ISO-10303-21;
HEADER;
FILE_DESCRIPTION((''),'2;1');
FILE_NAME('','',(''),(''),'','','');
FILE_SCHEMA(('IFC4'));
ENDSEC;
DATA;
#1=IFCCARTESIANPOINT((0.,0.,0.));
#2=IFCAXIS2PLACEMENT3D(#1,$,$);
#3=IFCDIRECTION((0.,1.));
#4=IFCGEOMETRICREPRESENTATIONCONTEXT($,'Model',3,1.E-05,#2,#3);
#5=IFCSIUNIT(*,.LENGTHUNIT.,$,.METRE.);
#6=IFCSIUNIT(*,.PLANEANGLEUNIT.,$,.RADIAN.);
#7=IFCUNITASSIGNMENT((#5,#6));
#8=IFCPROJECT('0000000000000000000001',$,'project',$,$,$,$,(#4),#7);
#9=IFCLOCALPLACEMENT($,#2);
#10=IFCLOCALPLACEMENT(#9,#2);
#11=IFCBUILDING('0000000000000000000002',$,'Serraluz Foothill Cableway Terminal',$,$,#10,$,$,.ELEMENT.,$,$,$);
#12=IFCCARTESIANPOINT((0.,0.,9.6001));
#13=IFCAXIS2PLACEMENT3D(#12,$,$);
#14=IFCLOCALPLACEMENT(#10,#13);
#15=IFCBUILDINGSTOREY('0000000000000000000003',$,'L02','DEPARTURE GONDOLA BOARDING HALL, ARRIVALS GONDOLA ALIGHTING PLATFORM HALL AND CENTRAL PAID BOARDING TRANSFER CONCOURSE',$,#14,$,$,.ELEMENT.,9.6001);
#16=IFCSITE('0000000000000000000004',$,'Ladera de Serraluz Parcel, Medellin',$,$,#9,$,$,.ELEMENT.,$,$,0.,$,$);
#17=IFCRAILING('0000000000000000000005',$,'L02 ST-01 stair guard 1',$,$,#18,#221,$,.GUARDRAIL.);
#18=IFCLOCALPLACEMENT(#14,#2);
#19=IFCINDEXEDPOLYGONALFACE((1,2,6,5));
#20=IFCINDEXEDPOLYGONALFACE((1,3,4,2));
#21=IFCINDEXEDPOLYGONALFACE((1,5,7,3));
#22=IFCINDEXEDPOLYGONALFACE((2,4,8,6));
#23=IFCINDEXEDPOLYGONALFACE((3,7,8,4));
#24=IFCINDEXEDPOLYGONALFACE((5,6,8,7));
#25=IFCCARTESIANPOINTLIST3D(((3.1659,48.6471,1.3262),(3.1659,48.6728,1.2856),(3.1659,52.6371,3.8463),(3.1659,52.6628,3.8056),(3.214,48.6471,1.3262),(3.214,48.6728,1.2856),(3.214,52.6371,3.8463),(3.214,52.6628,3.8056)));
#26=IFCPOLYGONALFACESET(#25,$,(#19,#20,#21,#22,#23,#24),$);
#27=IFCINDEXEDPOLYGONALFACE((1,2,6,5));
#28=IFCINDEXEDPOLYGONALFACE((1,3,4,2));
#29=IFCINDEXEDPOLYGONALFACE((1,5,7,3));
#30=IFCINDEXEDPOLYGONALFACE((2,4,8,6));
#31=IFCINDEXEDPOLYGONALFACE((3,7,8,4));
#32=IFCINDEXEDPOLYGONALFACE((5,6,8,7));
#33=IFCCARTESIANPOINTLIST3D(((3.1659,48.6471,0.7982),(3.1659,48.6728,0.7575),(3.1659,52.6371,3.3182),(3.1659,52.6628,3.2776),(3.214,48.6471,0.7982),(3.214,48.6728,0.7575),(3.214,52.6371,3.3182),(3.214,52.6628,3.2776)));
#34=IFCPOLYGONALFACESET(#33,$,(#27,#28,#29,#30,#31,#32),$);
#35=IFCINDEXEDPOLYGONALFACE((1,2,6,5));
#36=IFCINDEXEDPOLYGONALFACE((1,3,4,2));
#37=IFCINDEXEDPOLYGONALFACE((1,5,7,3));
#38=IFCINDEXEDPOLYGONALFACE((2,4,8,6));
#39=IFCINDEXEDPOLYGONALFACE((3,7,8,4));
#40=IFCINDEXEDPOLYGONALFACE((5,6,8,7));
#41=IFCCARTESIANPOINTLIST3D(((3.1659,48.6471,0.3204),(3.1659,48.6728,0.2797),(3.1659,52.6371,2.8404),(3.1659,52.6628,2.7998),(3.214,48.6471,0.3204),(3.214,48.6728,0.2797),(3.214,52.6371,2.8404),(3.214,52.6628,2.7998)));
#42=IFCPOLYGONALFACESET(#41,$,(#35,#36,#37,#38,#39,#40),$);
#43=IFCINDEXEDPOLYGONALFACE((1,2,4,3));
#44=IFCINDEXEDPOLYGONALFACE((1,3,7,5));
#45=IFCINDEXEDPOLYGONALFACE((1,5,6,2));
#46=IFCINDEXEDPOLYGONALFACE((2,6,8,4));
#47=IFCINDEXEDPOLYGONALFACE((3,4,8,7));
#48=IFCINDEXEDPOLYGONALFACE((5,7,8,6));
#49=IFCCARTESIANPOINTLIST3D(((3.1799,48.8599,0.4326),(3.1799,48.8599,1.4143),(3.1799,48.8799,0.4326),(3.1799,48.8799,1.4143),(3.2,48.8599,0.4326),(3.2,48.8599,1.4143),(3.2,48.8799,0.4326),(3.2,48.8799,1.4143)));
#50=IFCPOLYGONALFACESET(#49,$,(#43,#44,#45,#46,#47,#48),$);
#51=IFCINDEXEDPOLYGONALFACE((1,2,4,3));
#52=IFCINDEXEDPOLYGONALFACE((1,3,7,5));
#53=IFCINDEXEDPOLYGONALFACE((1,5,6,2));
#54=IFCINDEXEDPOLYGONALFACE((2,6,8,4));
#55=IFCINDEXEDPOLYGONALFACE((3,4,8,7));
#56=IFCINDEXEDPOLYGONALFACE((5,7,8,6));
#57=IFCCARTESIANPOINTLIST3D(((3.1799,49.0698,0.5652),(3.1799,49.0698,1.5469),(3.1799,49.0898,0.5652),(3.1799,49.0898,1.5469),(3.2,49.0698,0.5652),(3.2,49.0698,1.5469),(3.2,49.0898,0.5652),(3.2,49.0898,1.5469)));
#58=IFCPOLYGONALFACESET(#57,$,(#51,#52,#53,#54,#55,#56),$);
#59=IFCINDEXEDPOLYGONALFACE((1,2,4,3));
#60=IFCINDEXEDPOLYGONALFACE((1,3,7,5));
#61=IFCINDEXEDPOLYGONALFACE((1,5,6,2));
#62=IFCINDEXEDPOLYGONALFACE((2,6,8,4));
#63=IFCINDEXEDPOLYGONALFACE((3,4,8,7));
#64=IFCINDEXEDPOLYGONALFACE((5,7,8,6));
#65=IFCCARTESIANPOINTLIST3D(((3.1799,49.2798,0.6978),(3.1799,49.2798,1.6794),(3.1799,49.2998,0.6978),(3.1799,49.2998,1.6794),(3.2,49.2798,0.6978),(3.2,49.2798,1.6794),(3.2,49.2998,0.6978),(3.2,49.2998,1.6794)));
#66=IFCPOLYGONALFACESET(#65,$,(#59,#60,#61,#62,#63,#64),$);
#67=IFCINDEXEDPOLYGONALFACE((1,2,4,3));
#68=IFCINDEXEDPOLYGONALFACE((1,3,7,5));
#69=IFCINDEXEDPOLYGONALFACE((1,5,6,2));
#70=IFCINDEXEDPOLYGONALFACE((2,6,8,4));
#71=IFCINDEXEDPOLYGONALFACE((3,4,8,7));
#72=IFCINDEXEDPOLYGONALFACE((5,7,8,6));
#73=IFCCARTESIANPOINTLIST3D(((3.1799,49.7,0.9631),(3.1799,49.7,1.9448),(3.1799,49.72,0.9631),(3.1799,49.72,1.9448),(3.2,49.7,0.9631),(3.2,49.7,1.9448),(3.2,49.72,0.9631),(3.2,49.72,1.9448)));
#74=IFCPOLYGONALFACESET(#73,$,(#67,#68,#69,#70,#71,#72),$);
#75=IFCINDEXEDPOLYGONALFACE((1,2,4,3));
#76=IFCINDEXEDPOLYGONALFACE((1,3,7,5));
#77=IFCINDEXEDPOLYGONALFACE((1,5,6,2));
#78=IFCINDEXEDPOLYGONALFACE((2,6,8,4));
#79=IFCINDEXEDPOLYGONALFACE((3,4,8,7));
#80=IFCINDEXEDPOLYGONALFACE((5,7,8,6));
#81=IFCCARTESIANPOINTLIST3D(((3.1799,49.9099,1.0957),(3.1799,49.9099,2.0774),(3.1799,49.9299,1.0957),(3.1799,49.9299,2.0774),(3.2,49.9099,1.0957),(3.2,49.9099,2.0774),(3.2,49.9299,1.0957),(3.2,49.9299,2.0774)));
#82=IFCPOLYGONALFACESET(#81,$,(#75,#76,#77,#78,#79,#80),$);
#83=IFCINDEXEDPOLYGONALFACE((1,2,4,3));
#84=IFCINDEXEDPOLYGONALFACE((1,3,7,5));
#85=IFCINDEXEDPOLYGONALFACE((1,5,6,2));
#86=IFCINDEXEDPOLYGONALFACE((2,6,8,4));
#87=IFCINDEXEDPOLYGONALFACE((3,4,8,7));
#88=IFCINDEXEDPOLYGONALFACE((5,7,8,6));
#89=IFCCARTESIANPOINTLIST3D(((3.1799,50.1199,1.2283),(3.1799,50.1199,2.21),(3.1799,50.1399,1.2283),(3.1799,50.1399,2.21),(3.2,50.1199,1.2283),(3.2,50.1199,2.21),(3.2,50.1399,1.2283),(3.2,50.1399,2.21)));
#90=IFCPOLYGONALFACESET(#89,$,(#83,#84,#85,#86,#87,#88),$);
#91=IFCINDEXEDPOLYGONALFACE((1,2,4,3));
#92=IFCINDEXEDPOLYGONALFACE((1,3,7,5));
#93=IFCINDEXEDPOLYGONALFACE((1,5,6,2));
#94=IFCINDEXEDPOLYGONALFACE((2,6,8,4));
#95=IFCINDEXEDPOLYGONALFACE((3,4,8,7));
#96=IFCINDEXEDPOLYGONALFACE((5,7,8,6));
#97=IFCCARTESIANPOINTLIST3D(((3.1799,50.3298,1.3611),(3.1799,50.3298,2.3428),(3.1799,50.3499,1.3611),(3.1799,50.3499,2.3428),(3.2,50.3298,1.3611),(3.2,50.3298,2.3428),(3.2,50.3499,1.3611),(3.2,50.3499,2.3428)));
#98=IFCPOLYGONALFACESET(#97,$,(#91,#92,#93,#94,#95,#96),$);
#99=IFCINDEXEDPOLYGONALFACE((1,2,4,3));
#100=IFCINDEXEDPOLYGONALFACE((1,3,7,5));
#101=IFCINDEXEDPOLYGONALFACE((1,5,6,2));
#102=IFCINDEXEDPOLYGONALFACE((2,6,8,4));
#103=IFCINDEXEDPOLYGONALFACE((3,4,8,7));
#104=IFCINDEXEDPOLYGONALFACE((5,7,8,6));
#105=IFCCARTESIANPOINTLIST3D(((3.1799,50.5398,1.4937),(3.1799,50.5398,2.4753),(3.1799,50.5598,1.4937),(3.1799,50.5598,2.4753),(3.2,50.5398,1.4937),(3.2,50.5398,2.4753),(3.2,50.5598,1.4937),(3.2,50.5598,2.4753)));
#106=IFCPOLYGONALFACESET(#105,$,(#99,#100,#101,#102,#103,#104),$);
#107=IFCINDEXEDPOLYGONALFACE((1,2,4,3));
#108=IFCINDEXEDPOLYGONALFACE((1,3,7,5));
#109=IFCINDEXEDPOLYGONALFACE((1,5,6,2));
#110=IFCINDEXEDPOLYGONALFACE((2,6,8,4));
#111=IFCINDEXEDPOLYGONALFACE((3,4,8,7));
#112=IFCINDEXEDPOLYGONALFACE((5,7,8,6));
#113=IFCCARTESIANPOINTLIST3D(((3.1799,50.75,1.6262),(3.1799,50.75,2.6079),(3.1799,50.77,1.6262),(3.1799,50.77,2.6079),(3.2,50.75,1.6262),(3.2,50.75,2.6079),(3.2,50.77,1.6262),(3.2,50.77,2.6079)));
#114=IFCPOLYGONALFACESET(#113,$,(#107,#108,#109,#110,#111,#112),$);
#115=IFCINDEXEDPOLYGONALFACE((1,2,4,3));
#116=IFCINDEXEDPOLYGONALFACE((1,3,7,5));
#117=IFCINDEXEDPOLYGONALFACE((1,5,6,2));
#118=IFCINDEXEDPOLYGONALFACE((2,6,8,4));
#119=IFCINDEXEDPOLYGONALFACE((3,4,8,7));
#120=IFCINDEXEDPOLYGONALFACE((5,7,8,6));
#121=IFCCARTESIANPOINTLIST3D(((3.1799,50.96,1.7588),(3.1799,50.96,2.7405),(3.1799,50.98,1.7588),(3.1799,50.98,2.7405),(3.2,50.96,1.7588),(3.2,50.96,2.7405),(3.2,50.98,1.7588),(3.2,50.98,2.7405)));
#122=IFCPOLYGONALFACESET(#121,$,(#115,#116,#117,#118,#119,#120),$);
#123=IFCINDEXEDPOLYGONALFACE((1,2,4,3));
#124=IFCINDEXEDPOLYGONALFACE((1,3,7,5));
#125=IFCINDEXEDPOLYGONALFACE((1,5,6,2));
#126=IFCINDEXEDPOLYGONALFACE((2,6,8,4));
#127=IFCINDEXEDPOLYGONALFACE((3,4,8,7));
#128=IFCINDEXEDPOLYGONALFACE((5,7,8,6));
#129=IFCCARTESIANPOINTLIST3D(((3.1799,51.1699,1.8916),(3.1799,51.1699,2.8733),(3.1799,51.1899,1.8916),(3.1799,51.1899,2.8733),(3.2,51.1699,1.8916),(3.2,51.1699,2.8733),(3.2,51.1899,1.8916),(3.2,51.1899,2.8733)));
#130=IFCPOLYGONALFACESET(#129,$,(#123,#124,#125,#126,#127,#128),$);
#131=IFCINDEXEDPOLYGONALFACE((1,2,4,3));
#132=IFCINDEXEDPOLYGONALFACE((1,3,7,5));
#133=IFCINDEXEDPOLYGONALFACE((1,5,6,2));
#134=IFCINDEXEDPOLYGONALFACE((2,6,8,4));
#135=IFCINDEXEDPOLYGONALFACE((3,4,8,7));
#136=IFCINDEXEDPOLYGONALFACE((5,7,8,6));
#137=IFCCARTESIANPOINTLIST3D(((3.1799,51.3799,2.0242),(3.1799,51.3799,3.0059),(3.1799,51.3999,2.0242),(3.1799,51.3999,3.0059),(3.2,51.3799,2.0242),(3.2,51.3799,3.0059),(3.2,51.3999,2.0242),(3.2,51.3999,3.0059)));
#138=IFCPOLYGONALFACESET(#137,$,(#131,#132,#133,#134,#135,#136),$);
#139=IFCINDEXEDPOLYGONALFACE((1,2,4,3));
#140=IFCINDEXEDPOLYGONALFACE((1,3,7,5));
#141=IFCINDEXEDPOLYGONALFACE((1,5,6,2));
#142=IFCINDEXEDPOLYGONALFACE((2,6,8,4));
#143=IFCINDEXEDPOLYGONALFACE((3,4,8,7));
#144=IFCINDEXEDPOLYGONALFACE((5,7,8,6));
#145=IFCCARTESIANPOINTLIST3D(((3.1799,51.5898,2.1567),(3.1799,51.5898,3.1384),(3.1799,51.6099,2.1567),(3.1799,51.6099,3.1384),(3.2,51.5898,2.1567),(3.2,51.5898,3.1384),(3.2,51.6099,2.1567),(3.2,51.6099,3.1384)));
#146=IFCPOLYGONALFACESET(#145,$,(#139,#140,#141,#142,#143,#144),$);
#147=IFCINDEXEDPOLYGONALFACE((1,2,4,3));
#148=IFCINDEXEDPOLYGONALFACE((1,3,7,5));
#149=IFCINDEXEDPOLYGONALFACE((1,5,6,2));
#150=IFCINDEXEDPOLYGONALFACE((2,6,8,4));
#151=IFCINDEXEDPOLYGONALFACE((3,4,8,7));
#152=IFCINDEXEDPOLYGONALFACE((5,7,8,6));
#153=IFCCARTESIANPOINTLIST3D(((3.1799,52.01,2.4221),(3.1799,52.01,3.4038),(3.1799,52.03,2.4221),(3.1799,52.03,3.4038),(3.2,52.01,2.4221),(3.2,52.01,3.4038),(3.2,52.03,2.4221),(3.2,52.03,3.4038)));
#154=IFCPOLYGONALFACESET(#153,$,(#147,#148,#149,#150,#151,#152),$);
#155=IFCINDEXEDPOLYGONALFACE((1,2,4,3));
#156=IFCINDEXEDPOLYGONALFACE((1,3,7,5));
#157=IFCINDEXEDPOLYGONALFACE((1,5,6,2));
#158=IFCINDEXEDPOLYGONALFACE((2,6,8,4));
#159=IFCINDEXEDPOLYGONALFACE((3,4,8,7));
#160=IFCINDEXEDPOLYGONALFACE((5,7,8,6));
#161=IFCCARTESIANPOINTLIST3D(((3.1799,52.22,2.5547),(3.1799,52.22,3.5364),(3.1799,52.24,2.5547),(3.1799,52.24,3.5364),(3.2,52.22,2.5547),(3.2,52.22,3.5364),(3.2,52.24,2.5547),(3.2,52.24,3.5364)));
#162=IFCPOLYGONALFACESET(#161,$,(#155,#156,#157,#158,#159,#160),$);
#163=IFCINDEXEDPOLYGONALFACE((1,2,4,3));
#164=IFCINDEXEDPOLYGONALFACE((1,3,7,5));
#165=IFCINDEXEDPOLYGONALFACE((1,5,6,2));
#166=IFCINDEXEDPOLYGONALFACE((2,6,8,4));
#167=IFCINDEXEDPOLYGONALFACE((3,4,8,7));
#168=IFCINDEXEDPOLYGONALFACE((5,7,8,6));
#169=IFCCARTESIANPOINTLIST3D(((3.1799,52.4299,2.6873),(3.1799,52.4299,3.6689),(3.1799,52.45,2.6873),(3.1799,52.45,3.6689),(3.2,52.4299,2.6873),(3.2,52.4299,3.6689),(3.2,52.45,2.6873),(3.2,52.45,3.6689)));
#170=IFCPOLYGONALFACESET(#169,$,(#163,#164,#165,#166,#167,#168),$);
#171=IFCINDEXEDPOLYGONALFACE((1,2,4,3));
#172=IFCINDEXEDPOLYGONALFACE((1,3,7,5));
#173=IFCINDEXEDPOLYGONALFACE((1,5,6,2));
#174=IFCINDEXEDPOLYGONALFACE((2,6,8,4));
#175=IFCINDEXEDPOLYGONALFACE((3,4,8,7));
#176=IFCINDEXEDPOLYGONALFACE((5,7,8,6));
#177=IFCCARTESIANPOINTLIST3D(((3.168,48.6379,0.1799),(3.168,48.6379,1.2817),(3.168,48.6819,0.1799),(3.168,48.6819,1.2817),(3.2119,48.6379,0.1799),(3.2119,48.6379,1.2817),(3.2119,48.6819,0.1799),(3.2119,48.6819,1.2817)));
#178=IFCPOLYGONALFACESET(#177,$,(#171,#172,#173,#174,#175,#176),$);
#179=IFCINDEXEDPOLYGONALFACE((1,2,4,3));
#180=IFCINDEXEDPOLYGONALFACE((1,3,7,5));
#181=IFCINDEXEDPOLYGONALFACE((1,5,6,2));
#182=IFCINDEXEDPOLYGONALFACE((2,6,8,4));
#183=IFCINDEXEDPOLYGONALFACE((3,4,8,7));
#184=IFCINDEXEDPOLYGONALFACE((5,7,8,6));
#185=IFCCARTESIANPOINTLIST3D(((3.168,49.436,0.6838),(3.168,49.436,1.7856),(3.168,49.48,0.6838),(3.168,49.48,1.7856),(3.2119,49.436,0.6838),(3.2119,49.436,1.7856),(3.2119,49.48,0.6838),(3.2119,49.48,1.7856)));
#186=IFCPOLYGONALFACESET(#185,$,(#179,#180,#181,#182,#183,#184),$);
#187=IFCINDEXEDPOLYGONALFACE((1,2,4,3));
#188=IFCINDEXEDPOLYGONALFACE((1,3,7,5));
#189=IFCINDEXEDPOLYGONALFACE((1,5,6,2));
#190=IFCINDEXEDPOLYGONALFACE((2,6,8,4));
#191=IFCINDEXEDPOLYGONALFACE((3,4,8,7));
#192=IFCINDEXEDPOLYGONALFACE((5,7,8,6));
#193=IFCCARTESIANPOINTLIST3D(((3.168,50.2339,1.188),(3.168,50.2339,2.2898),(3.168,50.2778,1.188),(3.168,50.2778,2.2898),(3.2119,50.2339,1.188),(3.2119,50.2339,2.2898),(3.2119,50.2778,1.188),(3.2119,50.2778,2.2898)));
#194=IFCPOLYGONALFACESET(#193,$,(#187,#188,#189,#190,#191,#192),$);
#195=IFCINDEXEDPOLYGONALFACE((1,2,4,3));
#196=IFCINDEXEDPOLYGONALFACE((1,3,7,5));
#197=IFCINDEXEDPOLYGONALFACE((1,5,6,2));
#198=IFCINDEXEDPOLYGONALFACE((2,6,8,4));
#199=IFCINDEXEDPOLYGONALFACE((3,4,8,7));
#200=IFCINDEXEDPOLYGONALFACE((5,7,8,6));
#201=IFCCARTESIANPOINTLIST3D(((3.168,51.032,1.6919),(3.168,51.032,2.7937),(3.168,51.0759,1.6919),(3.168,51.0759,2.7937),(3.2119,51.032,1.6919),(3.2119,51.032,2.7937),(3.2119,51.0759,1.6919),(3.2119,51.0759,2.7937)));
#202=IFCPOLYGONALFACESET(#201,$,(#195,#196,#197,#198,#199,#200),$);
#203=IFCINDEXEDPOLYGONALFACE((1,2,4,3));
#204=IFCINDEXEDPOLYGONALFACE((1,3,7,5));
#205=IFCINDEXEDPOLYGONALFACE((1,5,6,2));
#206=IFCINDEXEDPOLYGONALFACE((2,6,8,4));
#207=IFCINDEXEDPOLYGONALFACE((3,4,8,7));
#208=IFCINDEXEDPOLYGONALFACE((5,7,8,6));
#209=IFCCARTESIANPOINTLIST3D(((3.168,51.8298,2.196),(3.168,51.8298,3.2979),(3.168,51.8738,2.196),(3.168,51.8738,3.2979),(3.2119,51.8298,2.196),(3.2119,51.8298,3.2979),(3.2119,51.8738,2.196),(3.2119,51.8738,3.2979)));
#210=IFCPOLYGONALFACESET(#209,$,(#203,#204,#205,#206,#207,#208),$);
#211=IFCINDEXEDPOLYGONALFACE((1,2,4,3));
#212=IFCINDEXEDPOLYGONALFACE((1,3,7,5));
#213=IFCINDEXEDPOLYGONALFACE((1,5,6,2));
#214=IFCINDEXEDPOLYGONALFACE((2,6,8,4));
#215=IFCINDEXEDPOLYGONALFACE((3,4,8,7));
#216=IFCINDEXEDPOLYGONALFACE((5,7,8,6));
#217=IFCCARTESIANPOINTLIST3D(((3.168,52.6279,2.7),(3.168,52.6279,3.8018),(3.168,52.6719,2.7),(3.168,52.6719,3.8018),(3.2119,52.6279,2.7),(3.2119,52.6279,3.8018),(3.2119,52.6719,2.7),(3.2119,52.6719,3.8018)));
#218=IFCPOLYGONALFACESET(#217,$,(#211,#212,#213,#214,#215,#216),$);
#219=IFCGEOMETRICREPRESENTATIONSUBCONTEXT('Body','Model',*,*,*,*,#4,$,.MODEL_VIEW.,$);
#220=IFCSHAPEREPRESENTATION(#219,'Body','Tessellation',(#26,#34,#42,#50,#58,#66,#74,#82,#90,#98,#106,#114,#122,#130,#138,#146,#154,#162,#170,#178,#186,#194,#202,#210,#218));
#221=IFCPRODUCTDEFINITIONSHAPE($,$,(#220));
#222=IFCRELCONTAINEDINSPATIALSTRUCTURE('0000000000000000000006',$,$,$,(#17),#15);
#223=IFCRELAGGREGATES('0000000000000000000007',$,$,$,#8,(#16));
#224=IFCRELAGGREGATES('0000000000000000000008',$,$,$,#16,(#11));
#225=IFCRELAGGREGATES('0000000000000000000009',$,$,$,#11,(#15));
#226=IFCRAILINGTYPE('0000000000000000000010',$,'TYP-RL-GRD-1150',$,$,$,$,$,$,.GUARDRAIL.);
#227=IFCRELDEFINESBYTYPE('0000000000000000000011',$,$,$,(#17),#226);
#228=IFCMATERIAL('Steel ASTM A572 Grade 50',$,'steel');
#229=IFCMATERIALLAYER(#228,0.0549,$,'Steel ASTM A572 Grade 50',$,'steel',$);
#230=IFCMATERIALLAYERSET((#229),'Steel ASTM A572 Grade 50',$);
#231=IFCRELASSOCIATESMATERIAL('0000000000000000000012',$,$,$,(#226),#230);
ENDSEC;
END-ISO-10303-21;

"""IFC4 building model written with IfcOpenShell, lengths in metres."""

from ifc_helpers import new_model, si_unit, direction, frame, origin, origin_2d, place, context, subcontext, project, spatial, rectangle, extrude, material, layer, layer_set, type_object, element, save


model = new_model("IFC4")

# Units and contexts
model_context = context("Model", 3, precision=1e-05, world=origin(), true_north=direction((0.0, 1.0)))
body_context = subcontext(model_context, "Body", "Model", "MODEL_VIEW")
ifc_project = project(units=[si_unit("LENGTHUNIT", "METRE"), si_unit("PLANEANGLEUNIT", "RADIAN")], contexts=[model_context])

# Site, building, storey
site_placement = place(None, origin())
site = spatial("IfcSite", under=ifc_project, at=site_placement, Name="Ladera de Serraluz Parcel, Medellin", CompositionType="ELEMENT", RefElevation=0.0)
building_placement = place(site_placement, origin())
building = spatial("IfcBuilding", under=site, at=building_placement, Name="Serraluz Foothill Cableway Terminal", CompositionType="ELEMENT")
storey_placement = place(building_placement, frame((0.0, 0.0, 9.6001)))
storey = spatial("IfcBuildingStorey", under=building, at=storey_placement, Name="L02", Description="DEPARTURE GONDOLA BOARDING HALL, ARRIVALS GONDOLA ALIGHTING PLATFORM HALL AND CENTRAL PAID BOARDING TRANSFER CONCOURSE", CompositionType="ELEMENT", Elevation=9.6001)

# Railing
ifc_material_1 = material(Name="Steel ASTM A572 Grade 50", Category="steel")
ifc_layer_1 = layer(ifc_material_1, 0.0549, Name="Steel ASTM A572 Grade 50", Category="steel")
ifc_layer_set_1 = layer_set([ifc_layer_1], Name="Steel ASTM A572 Grade 50")
railing_type_1 = type_object("IfcRailingType", Name="TYP-RL-GRD-1150", PredefinedType="GUARDRAIL", material=ifc_layer_set_1)
railing_1_placement = place(storey_placement, frame((3.1899, 48.6599, 0.1799)))
element("IfcRailing", 1, at=railing_1_placement, inside=storey, type_object=railing_type_1, Name="L02 ST-01 stair guard 1", PredefinedType="GUARDRAIL", context=body_context, shape_type="SweptSolid", body=[
    extrude(rectangle(XDim=0.0481, YDim=0.0481, at=origin_2d()), frame((0.0, 0.0, 1.126), z_axis=(0.0, 0.845486, 0.533997), x_axis=(-1.0, 0.0, 0.0)), (0.0, 0.0, 1.0), 4.7192),
    extrude(rectangle(XDim=0.0481, YDim=0.0481, at=origin_2d()), frame((0.0, 0.0, 0.5979), z_axis=(0.0, 0.845486, 0.533997), x_axis=(-1.0, 0.0, 0.0)), (0.0, 0.0, 1.0), 4.7192),
    extrude(rectangle(XDim=0.0481, YDim=0.0481, at=origin_2d()), frame((0.0, 0.0, 0.1201), z_axis=(0.0, 0.845486, 0.533997), x_axis=(-1.0, 0.0, 0.0)), (0.0, 0.0, 1.0), 4.7192),
    extrude(rectangle(XDim=0.02, YDim=0.02, at=origin_2d()), frame((0.0, 0.21, 0.2527)), (0.0, 0.0, 1.0), 0.9817),
    extrude(rectangle(XDim=0.02, YDim=0.02, at=origin_2d()), frame((0.0, 0.4199, 0.3853)), (0.0, 0.0, 1.0), 0.9817),
    extrude(rectangle(XDim=0.02, YDim=0.02, at=origin_2d()), frame((0.0, 0.6299, 0.5178)), (0.0, 0.0, 1.0), 0.9817),
    extrude(rectangle(XDim=0.02, YDim=0.02, at=origin_2d()), frame((0.0, 1.05, 0.7832)), (0.0, 0.0, 1.0), 0.9817),
    extrude(rectangle(XDim=0.02, YDim=0.02, at=origin_2d()), frame((0.0, 1.26, 0.9158)), (0.0, 0.0, 1.0), 0.9817),
    extrude(rectangle(XDim=0.02, YDim=0.02, at=origin_2d()), frame((0.0, 1.47, 1.0483)), (0.0, 0.0, 1.0), 0.9817),
    extrude(rectangle(XDim=0.02, YDim=0.02, at=origin_2d()), frame((0.0, 1.6799, 1.1812)), (0.0, 0.0, 1.0), 0.9817),
    extrude(rectangle(XDim=0.02, YDim=0.02, at=origin_2d()), frame((0.0, 1.8899, 1.3137)), (0.0, 0.0, 1.0), 0.9817),
    extrude(rectangle(XDim=0.02, YDim=0.02, at=origin_2d()), frame((0.0, 2.1001, 1.4463)), (0.0, 0.0, 1.0), 0.9817),
    extrude(rectangle(XDim=0.02, YDim=0.02, at=origin_2d()), frame((0.0, 2.3101, 1.5789)), (0.0, 0.0, 1.0), 0.9817),
    extrude(rectangle(XDim=0.02, YDim=0.02, at=origin_2d()), frame((0.0, 2.52, 1.7117)), (0.0, 0.0, 1.0), 0.9817),
    extrude(rectangle(XDim=0.02, YDim=0.02, at=origin_2d()), frame((0.0, 2.73, 1.8442)), (0.0, 0.0, 1.0), 0.9817),
    extrude(rectangle(XDim=0.02, YDim=0.02, at=origin_2d()), frame((0.0, 2.9399, 1.9768)), (0.0, 0.0, 1.0), 0.9817),
    extrude(rectangle(XDim=0.02, YDim=0.02, at=origin_2d()), frame((0.0, 3.3601, 2.2422)), (0.0, 0.0, 1.0), 0.9817),
    extrude(rectangle(XDim=0.02, YDim=0.02, at=origin_2d()), frame((0.0, 3.5701, 2.3748)), (0.0, 0.0, 1.0), 0.9817),
    extrude(rectangle(XDim=0.02, YDim=0.02, at=origin_2d()), frame((0.0, 3.78, 2.5073)), (0.0, 0.0, 1.0), 0.9817),
    extrude(rectangle(XDim=0.0439, YDim=0.0439, at=origin_2d()), origin(), (0.0, 0.0, 1.0), 1.1018),
    extrude(rectangle(XDim=0.0439, YDim=0.0439, at=origin_2d()), frame((0.0, 0.7981, 0.5039)), (0.0, 0.0, 1.0), 1.1018),
    extrude(rectangle(XDim=0.0439, YDim=0.0439, at=origin_2d()), frame((0.0, 1.5959, 1.0081)), (0.0, 0.0, 1.0), 1.1018),
    extrude(rectangle(XDim=0.0439, YDim=0.0439, at=origin_2d()), frame((0.0, 2.394, 1.512)), (0.0, 0.0, 1.0), 1.1018),
    extrude(rectangle(XDim=0.0439, YDim=0.0439, at=origin_2d()), frame((0.0, 3.1919, 2.0161)), (0.0, 0.0, 1.0), 1.1018),
    extrude(rectangle(XDim=0.0439, YDim=0.0439, at=origin_2d()), frame((0.0, 3.99, 2.52)), (0.0, 0.0, 1.0), 1.1018),
])

save(model, "model.ifc")
